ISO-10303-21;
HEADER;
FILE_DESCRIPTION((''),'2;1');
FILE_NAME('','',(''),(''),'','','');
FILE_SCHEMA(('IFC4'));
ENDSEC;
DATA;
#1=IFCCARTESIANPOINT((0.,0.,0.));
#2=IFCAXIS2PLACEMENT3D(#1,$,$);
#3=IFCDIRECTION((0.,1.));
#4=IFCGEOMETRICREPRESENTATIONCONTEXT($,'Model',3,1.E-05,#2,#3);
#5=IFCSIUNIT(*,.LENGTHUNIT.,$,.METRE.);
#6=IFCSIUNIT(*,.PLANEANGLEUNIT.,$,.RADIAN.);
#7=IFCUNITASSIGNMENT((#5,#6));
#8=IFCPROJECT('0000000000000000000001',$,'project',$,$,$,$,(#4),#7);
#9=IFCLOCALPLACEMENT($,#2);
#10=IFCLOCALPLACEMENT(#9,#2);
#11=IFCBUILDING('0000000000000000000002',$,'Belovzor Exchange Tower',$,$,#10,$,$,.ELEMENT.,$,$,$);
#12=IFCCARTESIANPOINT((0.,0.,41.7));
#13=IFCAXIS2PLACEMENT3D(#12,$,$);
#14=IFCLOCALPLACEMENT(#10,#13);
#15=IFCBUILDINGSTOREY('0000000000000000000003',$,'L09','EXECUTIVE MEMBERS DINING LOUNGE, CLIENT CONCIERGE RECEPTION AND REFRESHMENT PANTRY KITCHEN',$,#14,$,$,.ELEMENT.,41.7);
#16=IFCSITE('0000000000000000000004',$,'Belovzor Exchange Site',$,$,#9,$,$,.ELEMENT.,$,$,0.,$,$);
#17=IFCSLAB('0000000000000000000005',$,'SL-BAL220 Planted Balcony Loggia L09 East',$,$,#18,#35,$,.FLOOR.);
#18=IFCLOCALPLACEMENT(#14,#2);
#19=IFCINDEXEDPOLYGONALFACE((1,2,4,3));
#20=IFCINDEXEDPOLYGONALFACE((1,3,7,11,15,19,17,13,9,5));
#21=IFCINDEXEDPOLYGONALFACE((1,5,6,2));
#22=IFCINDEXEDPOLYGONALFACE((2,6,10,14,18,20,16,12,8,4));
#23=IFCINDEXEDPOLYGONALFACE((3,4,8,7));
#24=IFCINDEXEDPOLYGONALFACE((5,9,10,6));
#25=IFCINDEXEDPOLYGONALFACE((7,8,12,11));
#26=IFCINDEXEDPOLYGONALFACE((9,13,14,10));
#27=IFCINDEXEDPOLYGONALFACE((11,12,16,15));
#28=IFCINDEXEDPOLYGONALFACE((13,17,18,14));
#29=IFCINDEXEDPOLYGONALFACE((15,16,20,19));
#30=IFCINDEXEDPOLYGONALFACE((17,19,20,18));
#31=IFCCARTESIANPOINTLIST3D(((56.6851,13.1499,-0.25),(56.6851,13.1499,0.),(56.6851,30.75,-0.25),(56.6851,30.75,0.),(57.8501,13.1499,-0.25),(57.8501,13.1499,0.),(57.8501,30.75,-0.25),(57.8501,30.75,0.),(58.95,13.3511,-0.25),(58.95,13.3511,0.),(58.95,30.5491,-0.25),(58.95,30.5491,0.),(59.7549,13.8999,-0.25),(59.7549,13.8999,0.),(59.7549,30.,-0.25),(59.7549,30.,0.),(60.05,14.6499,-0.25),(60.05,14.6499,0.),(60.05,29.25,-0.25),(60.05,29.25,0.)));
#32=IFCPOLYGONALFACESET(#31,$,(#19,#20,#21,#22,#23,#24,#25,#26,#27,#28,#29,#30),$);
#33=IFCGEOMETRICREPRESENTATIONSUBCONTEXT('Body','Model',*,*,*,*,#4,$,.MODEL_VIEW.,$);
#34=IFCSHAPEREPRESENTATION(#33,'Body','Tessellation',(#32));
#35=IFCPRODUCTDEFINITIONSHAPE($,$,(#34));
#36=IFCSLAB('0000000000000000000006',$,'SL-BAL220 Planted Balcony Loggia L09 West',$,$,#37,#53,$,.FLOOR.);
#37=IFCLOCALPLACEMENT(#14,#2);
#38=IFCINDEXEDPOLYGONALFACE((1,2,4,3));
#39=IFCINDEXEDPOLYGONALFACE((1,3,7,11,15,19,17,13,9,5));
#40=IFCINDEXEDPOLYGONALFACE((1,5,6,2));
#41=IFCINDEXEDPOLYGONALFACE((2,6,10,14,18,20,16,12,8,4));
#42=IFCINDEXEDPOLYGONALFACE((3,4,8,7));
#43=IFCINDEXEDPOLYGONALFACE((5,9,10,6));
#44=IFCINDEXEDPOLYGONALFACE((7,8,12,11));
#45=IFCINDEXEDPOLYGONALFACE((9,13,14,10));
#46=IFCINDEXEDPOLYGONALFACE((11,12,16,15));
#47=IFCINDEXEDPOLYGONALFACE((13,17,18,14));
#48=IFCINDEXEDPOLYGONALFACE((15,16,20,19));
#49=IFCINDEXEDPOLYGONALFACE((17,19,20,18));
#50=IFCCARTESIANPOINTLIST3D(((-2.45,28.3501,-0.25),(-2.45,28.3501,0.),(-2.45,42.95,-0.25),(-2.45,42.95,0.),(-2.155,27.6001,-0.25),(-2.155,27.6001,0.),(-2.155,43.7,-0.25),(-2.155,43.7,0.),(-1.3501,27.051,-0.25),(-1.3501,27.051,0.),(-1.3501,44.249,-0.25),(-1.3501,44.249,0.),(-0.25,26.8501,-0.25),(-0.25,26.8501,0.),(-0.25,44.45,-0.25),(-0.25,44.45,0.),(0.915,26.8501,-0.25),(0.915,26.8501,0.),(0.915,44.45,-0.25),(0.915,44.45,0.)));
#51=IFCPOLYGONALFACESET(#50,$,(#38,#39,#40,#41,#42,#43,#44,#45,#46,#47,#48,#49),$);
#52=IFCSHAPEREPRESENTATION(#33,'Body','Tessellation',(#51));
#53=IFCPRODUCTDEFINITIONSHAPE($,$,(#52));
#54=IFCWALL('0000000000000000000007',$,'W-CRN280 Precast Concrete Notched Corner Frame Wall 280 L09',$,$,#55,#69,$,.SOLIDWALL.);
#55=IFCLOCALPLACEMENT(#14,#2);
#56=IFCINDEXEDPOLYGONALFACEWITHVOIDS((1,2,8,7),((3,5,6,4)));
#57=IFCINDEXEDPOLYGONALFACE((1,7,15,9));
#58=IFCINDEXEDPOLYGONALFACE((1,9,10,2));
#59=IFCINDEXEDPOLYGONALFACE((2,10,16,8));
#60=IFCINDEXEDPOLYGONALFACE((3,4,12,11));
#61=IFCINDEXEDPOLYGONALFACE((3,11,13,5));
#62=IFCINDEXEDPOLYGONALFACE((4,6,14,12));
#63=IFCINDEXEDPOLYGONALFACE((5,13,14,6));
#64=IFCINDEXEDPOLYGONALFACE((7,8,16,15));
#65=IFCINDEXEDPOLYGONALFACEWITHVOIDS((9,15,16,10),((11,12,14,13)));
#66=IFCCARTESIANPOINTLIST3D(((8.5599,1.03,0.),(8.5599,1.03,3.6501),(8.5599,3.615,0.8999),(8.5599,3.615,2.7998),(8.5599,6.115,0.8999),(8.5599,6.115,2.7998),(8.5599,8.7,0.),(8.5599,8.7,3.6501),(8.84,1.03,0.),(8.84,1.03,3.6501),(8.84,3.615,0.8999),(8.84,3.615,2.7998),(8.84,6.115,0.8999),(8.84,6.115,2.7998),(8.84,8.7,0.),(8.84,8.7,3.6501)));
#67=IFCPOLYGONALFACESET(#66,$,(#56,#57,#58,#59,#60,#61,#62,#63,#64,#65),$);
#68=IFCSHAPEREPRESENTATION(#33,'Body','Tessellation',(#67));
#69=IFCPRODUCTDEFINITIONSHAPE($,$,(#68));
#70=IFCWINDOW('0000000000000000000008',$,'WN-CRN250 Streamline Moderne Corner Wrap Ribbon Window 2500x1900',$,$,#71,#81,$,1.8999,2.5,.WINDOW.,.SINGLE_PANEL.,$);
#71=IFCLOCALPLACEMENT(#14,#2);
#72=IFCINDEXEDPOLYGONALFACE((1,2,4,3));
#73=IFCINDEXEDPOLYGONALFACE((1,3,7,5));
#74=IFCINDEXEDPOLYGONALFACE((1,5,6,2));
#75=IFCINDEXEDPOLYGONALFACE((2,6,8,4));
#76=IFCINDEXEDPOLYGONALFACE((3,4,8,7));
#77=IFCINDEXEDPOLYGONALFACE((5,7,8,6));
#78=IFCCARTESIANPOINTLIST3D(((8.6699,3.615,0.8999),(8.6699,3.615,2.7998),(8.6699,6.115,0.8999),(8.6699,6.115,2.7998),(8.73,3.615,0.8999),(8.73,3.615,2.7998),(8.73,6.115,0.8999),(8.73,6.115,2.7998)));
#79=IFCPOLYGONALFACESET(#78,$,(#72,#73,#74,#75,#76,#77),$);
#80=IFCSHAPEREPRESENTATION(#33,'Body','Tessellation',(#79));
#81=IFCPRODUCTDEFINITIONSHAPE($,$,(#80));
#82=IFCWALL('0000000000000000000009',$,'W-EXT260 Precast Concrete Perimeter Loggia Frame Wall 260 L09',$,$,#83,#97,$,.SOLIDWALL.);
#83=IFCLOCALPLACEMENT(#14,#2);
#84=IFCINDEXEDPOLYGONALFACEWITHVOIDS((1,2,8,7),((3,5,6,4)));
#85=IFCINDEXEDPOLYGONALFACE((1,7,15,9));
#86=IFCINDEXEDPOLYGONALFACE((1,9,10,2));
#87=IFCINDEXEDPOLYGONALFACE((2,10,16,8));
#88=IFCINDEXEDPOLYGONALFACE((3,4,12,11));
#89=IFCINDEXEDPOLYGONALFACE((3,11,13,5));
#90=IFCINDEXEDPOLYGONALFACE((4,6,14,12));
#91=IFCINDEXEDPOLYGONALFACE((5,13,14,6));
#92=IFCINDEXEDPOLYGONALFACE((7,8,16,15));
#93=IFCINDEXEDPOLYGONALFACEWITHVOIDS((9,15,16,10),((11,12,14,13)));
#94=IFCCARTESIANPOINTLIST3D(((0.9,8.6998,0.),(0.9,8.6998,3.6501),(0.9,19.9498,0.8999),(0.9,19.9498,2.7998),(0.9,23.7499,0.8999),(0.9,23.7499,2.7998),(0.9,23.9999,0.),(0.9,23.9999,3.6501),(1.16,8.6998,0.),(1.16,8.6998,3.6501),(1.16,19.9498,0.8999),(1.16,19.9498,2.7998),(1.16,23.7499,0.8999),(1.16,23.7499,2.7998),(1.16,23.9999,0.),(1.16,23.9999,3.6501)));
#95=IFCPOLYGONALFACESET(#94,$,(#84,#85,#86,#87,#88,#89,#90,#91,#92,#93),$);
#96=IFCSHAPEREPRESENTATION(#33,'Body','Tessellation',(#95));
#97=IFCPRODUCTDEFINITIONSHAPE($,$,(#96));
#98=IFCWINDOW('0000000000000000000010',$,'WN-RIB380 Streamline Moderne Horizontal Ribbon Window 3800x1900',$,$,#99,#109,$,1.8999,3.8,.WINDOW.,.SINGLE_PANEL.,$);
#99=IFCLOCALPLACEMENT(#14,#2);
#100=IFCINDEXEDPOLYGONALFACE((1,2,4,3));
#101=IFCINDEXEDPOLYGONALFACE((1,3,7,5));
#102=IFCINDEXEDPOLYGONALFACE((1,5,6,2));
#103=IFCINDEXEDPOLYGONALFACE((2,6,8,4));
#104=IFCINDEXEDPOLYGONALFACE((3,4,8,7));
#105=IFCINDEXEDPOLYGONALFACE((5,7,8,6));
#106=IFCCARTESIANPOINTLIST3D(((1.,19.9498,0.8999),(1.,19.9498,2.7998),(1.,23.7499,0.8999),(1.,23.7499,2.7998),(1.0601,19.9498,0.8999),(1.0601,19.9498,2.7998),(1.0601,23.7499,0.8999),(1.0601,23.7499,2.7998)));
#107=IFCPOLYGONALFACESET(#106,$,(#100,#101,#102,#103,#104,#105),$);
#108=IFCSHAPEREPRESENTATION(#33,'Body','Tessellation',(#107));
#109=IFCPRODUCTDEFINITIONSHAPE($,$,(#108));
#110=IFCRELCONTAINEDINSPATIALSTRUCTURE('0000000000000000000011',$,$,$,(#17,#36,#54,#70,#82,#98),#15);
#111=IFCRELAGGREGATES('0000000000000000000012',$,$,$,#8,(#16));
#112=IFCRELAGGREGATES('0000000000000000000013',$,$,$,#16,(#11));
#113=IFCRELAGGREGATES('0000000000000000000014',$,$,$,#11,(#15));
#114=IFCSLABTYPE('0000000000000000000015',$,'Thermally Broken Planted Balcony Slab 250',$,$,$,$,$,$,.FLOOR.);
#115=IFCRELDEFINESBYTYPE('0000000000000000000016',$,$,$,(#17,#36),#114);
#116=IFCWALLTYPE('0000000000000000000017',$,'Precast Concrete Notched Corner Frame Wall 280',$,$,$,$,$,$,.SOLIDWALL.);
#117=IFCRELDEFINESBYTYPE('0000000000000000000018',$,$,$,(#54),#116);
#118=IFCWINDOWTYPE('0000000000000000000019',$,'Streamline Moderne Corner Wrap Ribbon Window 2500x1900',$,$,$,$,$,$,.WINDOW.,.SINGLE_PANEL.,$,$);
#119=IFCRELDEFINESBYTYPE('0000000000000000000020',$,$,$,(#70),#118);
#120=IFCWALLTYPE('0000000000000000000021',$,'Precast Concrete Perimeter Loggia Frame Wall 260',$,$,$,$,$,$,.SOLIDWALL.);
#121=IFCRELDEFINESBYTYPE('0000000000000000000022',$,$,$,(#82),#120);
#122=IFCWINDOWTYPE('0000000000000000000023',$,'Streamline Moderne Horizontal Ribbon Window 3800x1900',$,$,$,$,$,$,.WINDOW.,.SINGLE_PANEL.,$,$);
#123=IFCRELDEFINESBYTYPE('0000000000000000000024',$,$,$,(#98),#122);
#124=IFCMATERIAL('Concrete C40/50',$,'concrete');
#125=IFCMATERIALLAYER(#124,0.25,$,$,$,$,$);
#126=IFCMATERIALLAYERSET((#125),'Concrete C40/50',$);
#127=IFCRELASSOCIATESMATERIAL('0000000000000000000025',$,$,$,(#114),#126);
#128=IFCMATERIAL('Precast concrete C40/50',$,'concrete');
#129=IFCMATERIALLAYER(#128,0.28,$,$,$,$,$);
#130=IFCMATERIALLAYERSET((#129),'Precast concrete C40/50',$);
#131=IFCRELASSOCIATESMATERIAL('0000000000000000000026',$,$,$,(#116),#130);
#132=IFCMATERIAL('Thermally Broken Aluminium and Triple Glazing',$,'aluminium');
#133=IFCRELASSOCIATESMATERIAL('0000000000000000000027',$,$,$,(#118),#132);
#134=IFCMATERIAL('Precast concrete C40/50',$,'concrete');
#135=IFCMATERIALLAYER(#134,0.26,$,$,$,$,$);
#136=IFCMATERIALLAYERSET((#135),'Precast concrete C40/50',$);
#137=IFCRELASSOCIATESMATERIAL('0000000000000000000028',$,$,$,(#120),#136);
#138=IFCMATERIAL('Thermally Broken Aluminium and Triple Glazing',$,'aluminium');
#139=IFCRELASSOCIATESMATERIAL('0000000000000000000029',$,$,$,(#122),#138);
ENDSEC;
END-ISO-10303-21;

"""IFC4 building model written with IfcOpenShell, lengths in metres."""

from ifc_helpers import new_model, si_unit, direction, frame, frame_2d, origin, place, context, subcontext, project, spatial, polyline, rectangle, outline, extrude, material, layer, layer_set, type_object, element, fill, save


model = new_model("IFC4")

# Units and contexts
model_context = context("Model", 3, precision=1e-05, world=origin(), true_north=direction((0.0, 1.0)))
body_context = subcontext(model_context, "Body", "Model", "MODEL_VIEW")
ifc_project = project(units=[si_unit("LENGTHUNIT", "METRE"), si_unit("PLANEANGLEUNIT", "RADIAN")], contexts=[model_context])

# Site, building, storey
site_placement = place(None, origin())
site = spatial("IfcSite", under=ifc_project, at=site_placement, Name="Belovzor Exchange Site", CompositionType="ELEMENT", RefElevation=0.0)
building_placement = place(site_placement, origin())
building = spatial("IfcBuilding", under=site, at=building_placement, Name="Belovzor Exchange Tower", CompositionType="ELEMENT")
storey_placement = place(building_placement, frame((0.0, 0.0, 41.7)))
storey = spatial("IfcBuildingStorey", under=building, at=storey_placement, Name="L09", Description="EXECUTIVE MEMBERS DINING LOUNGE, CLIENT CONCIERGE RECEPTION AND REFRESHMENT PANTRY KITCHEN", CompositionType="ELEMENT", Elevation=41.7)

# Slabs
ifc_material_1 = material(Name="Concrete C40/50", Category="concrete")
ifc_layer_1 = layer(ifc_material_1, 0.25)
ifc_layer_set_1 = layer_set([ifc_layer_1], Name="Concrete C40/50")
slab_type_1 = type_object("IfcSlabType", Name="Thermally Broken Planted Balcony Slab 250", PredefinedType="FLOOR", material=ifc_layer_set_1)
slab_1_placement = place(storey_placement, frame((0.0, 0.0, -0.25)))
element("IfcSlab", 1, at=slab_1_placement, inside=storey, type_object=slab_type_1, Name="SL-BAL220 Planted Balcony Loggia L09 East", PredefinedType="FLOOR", context=body_context, shape_type="SweptSolid", body=[
    extrude(outline(polyline([(56.6851, 13.1499), (57.8501, 13.1499), (58.95, 13.3511), (59.7549, 13.8999), (60.05, 14.6499), (60.05, 29.25), (59.7549, 30.0), (58.95, 30.5491), (57.8501, 30.75), (56.6851, 30.75), (56.6851, 13.1499)])), origin(), (0.0, 0.0, 1.0), 0.25),
])
slab_2_placement = place(storey_placement, frame((0.0, 0.0, -0.25)))
element("IfcSlab", 2, at=slab_2_placement, inside=storey, type_object=slab_type_1, Name="SL-BAL220 Planted Balcony Loggia L09 West", PredefinedType="FLOOR", context=body_context, shape_type="SweptSolid", body=[
    extrude(outline(polyline([(0.915, 44.45), (-0.25, 44.45), (-1.3501, 44.249), (-2.155, 43.7), (-2.45, 42.95), (-2.45, 28.3501), (-2.155, 27.6001), (-1.3501, 27.051), (-0.25, 26.8501), (0.915, 26.8501), (0.915, 44.45)])), origin(), (0.0, 0.0, 1.0), 0.25),
])

# Walls, openings, windows
ifc_material_2 = material(Name="Precast concrete C40/50", Category="concrete")
ifc_layer_2 = layer(ifc_material_2, 0.28)
ifc_layer_set_2 = layer_set([ifc_layer_2], Name="Precast concrete C40/50")
wall_type_1 = type_object("IfcWallType", Name="Precast Concrete Notched Corner Frame Wall 280", PredefinedType="SOLIDWALL", material=ifc_layer_set_2)
wall_1_placement = place(storey_placement, frame((8.7, 1.03, 0.0), z_axis=(0.0, 0.0, 1.0), x_axis=(0.0, 1.0, 0.0)))
wall_1 = element("IfcWall", 3, at=wall_1_placement, inside=storey, type_object=wall_type_1, Name="W-CRN280 Precast Concrete Notched Corner Frame Wall 280 L09", PredefinedType="SOLIDWALL", context=body_context, shape_type="SweptSolid", body=[
    extrude(rectangle(XDim=7.6699, YDim=0.28, at=frame_2d((3.835, 0.0))), origin(), (0.0, 0.0, 1.0), 3.6501),
])
opening_1_placement = place(wall_1_placement, frame((2.585, 0.0, 0.8999)))
opening_1 = element("IfcOpeningElement", 4, at=opening_1_placement, cuts=wall_1, PredefinedType="OPENING", context=body_context, shape_type="SweptSolid", body=[
    extrude(rectangle(XDim=2.5, YDim=1.8999, at=frame_2d((1.25, 0.95))), frame((0.0, 0.1499, 0.0), z_axis=(0.0, -1.0, 0.0), x_axis=(1.0, 0.0, 0.0)), (0.0, 0.0, 1.0), 0.3),
])
ifc_material_3 = material(Name="Thermally Broken Aluminium and Triple Glazing", Category="aluminium")
window_type_1 = type_object("IfcWindowType", Name="Streamline Moderne Corner Wrap Ribbon Window 2500x1900", PartitioningType="SINGLE_PANEL", PredefinedType="WINDOW", material=ifc_material_3)
window_1_placement = place(opening_1_placement, origin())
window_1 = element("IfcWindow", 5, at=window_1_placement, inside=storey, type_object=window_type_1, Name="WN-CRN250 Streamline Moderne Corner Wrap Ribbon Window 2500x1900", OverallHeight=1.8999, OverallWidth=2.5, PartitioningType="SINGLE_PANEL", PredefinedType="WINDOW", context=body_context, shape_type="SweptSolid", body=[
    extrude(rectangle(XDim=2.5, YDim=1.8999, at=frame_2d((1.25, 0.95))), frame((0.0, 0.03, 0.0), z_axis=(0.0, -1.0, 0.0), x_axis=(1.0, 0.0, 0.0)), (0.0, 0.0, 1.0), 0.0601),
])
fill(opening_1, window_1)
ifc_material_4 = material(Name="Precast concrete C40/50", Category="concrete")
ifc_layer_3 = layer(ifc_material_4, 0.26)
ifc_layer_set_3 = layer_set([ifc_layer_3], Name="Precast concrete C40/50")
wall_type_2 = type_object("IfcWallType", Name="Precast Concrete Perimeter Loggia Frame Wall 260", PredefinedType="SOLIDWALL", material=ifc_layer_set_3)
wall_2_placement = place(storey_placement, frame((1.03, 8.7, 0.0), z_axis=(0.0, 0.0, 1.0), x_axis=(0.0, 1.0, 0.0)))
wall_2 = element("IfcWall", 6, at=wall_2_placement, inside=storey, type_object=wall_type_2, Name="W-EXT260 Precast Concrete Perimeter Loggia Frame Wall 260 L09", PredefinedType="SOLIDWALL", context=body_context, shape_type="SweptSolid", body=[
    extrude(rectangle(XDim=15.3, YDim=0.26, at=frame_2d((7.6499, 0.0))), origin(), (0.0, 0.0, 1.0), 3.6501),
])
opening_2_placement = place(wall_2_placement, frame((11.25, 0.0, 0.8999)))
opening_2 = element("IfcOpeningElement", 7, at=opening_2_placement, cuts=wall_2, PredefinedType="OPENING", context=body_context, shape_type="SweptSolid", body=[
    extrude(rectangle(XDim=3.8, YDim=1.8999, at=frame_2d((1.8999, 0.95))), frame((0.0, 0.1399, 0.0), z_axis=(0.0, -1.0, 0.0), x_axis=(1.0, 0.0, 0.0)), (0.0, 0.0, 1.0), 0.28),
])
ifc_material_5 = material(Name="Thermally Broken Aluminium and Triple Glazing", Category="aluminium")
window_type_2 = type_object("IfcWindowType", Name="Streamline Moderne Horizontal Ribbon Window 3800x1900", PartitioningType="SINGLE_PANEL", PredefinedType="WINDOW", material=ifc_material_5)
window_2_placement = place(opening_2_placement, origin())
window_2 = element("IfcWindow", 8, at=window_2_placement, inside=storey, type_object=window_type_2, Name="WN-RIB380 Streamline Moderne Horizontal Ribbon Window 3800x1900", OverallHeight=1.8999, OverallWidth=3.8, PartitioningType="SINGLE_PANEL", PredefinedType="WINDOW", context=body_context, shape_type="SweptSolid", body=[
    extrude(rectangle(XDim=3.8, YDim=1.8999, at=frame_2d((1.8999, 0.95))), frame((0.0, 0.03, 0.0), z_axis=(0.0, -1.0, 0.0), x_axis=(1.0, 0.0, 0.0)), (0.0, 0.0, 1.0), 0.0601),
])
fill(opening_2, window_2)

save(model, "model.ifc")
